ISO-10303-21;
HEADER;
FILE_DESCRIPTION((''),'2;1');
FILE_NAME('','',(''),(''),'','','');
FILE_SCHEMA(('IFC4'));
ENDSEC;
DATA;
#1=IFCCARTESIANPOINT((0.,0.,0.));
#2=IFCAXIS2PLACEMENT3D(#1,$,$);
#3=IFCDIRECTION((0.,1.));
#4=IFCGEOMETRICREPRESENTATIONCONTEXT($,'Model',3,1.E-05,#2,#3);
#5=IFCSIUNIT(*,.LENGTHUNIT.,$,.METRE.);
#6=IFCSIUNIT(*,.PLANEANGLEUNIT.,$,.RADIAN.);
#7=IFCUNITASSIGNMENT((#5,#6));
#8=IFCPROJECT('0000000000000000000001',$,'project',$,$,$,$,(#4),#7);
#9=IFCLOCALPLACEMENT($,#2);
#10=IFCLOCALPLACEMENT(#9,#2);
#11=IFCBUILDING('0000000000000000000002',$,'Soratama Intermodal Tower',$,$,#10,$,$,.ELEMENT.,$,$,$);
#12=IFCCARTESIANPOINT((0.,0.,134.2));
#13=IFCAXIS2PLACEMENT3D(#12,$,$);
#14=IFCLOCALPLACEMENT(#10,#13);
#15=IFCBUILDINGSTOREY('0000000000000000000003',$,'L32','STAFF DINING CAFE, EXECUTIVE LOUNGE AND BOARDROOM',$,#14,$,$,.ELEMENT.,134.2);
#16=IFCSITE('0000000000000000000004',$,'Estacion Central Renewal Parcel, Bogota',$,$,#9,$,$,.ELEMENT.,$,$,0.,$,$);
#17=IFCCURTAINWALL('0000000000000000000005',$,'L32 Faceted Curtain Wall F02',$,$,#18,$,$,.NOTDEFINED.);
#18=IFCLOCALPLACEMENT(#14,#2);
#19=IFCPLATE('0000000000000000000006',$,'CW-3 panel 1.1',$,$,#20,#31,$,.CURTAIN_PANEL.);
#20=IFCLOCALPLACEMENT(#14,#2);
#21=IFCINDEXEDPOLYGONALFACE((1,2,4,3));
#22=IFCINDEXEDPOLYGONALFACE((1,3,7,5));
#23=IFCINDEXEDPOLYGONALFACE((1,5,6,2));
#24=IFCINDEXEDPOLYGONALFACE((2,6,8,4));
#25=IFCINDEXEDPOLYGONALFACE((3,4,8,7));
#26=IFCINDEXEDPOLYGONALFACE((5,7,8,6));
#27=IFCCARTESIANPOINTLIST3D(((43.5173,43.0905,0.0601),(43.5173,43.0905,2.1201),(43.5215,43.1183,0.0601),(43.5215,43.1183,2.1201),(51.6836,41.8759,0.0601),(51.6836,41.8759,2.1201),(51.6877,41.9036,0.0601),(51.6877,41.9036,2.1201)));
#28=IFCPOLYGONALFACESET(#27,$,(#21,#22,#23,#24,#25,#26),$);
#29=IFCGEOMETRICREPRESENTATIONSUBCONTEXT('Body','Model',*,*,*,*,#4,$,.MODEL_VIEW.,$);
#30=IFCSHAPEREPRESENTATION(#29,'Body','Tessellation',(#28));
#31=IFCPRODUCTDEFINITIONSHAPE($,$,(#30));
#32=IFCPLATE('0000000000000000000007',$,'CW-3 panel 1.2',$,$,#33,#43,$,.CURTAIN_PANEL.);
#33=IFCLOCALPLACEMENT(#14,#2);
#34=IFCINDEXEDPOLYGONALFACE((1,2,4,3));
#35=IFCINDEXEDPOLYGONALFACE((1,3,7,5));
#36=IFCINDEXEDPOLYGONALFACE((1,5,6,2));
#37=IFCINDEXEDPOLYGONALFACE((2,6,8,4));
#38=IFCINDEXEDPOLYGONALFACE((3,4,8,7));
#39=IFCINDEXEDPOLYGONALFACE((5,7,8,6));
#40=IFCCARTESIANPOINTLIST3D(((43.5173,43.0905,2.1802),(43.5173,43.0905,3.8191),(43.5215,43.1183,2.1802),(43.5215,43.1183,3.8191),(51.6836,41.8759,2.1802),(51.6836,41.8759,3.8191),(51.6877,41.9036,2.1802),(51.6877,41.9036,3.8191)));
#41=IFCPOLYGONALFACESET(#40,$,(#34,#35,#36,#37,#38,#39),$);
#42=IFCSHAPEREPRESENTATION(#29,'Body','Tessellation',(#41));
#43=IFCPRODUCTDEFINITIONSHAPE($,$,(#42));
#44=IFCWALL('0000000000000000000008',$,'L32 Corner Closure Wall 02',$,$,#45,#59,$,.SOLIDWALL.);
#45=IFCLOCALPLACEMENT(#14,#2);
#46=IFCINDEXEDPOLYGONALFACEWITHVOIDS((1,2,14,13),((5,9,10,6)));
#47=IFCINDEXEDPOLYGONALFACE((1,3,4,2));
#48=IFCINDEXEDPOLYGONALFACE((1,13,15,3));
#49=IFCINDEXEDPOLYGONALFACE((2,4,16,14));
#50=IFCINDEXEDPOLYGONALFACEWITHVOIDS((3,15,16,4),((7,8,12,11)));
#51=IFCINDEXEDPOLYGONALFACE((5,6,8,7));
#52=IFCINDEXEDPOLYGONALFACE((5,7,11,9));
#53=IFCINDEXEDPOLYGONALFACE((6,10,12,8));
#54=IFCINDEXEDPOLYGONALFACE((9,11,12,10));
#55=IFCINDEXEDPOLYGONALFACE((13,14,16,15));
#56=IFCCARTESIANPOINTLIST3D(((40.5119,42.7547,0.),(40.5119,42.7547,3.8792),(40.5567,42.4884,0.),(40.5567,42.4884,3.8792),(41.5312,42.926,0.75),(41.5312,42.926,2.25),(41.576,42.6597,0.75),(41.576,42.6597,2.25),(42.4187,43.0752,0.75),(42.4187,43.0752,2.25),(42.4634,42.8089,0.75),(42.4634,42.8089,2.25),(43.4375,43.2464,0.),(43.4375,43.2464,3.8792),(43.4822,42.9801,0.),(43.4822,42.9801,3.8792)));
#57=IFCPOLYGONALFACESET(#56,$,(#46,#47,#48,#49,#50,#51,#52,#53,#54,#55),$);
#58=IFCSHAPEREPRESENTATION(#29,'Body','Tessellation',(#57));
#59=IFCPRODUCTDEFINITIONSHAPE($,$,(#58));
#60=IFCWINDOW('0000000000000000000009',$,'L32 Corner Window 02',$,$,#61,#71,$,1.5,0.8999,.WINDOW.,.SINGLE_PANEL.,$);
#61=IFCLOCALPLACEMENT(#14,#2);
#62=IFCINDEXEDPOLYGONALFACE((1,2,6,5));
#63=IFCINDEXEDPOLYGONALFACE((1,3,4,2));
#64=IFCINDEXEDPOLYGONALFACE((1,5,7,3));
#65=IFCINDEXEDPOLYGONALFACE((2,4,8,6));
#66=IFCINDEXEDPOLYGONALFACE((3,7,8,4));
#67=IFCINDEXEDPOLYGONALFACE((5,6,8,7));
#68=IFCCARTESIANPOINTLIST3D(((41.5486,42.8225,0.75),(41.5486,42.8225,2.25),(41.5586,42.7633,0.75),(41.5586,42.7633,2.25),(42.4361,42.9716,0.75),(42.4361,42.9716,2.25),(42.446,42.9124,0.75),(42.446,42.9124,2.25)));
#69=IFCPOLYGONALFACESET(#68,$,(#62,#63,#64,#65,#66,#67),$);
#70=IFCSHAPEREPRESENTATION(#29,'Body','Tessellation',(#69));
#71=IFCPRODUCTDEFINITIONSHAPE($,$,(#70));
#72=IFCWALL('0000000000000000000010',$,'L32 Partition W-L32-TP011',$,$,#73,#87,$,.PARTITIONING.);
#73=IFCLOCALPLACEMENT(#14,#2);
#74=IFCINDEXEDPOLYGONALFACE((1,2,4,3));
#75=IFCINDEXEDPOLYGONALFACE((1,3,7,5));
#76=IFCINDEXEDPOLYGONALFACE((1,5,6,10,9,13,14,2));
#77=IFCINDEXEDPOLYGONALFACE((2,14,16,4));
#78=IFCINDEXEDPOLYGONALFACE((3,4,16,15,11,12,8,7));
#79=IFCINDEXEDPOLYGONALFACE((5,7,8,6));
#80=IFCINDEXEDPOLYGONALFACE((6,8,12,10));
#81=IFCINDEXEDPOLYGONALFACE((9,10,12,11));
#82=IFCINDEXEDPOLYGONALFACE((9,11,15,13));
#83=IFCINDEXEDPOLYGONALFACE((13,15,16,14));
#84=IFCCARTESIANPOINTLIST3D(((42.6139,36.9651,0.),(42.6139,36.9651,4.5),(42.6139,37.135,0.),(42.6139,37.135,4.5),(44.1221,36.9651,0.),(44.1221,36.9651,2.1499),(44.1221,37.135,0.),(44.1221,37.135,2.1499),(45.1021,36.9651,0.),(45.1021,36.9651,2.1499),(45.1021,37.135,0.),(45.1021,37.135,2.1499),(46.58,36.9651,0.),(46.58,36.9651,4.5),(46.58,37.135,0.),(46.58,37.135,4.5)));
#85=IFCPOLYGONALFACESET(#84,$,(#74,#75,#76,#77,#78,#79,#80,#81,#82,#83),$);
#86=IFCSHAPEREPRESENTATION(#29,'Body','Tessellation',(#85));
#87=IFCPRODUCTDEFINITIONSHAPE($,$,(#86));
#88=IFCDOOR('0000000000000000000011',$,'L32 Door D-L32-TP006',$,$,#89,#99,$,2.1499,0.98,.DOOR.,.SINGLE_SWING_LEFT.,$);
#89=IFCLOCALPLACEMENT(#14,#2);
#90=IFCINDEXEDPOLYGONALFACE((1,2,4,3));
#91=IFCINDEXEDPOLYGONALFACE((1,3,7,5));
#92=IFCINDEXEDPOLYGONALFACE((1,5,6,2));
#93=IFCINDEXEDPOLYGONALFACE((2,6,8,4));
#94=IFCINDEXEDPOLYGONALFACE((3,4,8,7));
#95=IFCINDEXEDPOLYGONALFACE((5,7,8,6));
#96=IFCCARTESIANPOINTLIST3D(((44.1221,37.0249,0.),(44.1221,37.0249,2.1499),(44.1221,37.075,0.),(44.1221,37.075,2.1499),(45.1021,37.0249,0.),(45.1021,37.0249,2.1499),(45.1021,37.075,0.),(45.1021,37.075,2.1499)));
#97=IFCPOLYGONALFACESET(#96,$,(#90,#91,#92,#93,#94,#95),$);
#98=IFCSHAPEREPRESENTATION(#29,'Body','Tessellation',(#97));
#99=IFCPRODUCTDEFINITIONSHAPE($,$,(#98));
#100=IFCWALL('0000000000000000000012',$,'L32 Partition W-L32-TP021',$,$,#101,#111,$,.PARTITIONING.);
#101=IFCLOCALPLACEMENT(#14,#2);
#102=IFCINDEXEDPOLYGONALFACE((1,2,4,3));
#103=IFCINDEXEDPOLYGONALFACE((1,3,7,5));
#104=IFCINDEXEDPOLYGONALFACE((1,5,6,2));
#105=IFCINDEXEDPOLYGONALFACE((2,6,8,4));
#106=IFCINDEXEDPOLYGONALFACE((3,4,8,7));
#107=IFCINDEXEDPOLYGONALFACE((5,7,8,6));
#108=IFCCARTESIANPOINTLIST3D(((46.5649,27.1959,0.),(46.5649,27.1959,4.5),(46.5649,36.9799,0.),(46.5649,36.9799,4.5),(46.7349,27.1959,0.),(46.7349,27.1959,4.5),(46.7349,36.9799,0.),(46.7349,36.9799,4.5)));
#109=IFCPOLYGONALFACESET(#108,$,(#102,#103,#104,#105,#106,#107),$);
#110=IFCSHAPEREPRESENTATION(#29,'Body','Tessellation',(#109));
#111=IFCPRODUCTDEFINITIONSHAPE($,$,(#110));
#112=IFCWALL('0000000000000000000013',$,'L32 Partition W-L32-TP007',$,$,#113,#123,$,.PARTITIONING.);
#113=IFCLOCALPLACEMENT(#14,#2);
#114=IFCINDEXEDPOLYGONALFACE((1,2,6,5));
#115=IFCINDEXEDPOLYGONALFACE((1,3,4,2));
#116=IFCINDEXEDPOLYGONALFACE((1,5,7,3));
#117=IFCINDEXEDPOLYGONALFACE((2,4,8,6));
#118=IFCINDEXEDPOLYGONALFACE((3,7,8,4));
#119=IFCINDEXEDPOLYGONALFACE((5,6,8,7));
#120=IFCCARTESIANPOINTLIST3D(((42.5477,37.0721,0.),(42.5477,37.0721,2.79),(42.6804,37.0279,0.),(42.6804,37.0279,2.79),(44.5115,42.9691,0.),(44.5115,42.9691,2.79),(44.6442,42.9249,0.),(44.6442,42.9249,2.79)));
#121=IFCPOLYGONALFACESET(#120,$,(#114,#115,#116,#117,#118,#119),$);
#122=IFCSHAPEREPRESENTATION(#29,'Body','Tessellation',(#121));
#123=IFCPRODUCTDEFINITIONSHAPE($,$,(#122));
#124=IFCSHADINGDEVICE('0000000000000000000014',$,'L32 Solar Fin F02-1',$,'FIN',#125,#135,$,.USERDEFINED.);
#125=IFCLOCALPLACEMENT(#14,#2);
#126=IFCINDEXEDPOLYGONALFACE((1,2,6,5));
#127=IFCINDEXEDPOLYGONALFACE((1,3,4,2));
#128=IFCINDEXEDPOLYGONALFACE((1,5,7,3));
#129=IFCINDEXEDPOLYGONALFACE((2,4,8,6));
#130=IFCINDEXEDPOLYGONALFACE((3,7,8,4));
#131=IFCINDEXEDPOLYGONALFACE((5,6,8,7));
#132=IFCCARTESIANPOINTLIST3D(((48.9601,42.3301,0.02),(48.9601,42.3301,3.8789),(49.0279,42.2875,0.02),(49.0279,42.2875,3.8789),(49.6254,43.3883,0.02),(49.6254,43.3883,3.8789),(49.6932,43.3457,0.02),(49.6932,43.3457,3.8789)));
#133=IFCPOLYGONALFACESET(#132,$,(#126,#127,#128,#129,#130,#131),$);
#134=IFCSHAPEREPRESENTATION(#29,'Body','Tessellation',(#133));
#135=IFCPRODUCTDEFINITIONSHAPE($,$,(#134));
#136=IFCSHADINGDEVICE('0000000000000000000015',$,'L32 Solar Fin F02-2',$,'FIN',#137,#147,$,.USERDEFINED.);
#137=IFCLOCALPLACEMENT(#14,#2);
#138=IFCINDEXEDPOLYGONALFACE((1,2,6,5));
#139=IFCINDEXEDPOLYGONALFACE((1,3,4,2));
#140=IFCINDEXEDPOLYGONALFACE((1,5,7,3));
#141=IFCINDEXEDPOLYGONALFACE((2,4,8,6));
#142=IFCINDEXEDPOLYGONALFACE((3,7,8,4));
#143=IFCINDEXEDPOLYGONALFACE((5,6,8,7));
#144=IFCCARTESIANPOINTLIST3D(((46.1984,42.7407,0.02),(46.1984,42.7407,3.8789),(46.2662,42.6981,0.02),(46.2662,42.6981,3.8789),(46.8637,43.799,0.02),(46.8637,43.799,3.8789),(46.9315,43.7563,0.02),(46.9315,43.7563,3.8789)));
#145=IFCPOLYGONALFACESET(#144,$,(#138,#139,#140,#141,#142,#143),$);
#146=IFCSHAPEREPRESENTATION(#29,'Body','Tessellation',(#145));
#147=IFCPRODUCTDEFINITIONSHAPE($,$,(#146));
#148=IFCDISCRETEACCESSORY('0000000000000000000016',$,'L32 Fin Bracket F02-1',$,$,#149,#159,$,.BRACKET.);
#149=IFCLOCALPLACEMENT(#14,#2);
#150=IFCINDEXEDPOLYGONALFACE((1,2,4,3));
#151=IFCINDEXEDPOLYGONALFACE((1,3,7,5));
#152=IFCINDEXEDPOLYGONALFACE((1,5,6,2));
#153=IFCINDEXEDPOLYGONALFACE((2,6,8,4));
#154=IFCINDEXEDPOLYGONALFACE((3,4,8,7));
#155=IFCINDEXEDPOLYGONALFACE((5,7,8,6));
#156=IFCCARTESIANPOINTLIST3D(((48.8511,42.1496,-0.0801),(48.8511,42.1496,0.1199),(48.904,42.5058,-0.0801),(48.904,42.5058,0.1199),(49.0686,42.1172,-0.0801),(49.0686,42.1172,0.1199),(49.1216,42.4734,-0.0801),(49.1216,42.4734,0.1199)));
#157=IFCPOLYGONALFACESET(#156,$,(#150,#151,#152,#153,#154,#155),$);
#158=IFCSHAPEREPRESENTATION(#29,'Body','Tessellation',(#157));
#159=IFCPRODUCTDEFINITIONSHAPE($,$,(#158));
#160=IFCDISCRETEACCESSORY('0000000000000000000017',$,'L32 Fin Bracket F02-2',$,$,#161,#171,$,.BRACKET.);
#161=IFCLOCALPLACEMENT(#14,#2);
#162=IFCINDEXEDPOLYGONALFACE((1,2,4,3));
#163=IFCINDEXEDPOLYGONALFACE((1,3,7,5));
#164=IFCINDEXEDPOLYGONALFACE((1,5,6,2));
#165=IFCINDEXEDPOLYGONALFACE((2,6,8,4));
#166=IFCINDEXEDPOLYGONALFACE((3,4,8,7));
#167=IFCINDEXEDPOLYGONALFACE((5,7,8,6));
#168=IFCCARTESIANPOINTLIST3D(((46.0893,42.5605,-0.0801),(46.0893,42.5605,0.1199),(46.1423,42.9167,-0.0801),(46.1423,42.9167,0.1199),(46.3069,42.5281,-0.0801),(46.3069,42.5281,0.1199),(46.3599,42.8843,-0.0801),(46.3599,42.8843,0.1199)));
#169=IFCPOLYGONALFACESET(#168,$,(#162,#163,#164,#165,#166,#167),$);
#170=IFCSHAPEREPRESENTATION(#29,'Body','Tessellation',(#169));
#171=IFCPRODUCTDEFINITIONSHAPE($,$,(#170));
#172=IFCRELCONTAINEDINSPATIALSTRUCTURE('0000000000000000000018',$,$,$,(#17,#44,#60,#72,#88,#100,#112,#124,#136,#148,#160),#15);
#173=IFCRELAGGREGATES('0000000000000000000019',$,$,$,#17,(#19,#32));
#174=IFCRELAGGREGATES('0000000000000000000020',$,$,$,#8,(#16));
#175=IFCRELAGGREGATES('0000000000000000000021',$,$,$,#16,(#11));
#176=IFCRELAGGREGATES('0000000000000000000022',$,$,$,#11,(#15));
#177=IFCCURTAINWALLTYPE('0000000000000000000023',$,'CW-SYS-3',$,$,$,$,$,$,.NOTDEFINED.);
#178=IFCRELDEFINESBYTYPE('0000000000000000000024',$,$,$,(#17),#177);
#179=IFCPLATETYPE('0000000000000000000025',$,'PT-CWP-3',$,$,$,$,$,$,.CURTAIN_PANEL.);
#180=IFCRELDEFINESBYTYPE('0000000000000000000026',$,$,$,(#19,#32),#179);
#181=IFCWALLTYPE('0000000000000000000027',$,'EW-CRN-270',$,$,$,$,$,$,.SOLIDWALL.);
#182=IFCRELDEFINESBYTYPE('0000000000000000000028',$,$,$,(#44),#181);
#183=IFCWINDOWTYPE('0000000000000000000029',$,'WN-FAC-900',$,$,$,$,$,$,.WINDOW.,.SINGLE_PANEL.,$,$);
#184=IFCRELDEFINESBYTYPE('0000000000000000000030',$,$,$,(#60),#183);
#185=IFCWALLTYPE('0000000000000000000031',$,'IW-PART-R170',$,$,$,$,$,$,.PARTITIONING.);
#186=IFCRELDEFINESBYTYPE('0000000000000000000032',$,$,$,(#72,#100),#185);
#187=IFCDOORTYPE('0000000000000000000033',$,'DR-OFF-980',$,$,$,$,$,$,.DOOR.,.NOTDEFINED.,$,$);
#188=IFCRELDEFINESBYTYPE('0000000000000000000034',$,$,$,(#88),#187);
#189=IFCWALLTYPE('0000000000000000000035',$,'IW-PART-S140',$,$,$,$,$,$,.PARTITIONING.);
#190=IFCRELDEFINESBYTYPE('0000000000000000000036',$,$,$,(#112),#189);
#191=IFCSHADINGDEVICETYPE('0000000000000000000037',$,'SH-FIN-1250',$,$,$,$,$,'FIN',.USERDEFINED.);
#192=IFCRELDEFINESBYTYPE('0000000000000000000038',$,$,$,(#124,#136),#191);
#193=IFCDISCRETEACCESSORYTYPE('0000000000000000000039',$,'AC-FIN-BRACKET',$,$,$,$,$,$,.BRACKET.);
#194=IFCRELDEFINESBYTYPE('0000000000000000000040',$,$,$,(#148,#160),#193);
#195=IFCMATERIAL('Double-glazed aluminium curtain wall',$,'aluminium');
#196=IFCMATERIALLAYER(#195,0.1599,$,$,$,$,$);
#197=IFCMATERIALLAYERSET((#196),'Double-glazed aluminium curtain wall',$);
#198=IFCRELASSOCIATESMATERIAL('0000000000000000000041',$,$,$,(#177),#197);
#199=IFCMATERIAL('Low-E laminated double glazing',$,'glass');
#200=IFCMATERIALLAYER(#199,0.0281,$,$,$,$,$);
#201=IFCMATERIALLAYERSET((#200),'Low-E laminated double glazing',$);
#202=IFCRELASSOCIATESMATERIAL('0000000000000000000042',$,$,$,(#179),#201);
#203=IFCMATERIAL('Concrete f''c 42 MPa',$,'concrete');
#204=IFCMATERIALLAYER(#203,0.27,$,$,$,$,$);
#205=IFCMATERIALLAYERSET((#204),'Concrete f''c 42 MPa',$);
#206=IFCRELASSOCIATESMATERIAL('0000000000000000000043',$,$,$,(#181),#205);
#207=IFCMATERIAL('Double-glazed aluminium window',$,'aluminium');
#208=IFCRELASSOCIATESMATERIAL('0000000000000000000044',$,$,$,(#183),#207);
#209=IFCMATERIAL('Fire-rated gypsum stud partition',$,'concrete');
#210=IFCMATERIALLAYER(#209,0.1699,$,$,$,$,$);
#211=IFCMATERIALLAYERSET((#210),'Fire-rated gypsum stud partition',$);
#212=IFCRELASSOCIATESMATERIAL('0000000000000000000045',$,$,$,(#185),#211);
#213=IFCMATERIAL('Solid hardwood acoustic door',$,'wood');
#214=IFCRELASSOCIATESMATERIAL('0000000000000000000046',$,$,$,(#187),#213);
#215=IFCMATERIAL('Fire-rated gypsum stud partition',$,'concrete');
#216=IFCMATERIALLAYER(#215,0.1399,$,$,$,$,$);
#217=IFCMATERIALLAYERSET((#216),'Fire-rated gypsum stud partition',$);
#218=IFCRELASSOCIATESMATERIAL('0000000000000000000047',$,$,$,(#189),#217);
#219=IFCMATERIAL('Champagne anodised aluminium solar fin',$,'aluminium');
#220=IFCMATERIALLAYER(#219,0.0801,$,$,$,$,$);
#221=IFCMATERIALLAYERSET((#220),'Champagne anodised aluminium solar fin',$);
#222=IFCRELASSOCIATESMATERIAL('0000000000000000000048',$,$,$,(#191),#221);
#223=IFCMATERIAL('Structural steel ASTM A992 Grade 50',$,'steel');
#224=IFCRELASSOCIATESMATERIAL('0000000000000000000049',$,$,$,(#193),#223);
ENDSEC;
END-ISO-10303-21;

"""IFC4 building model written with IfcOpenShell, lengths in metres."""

from ifc_helpers import new_model, si_unit, direction, frame, frame_2d, origin, origin_2d, place, context, subcontext, project, spatial, rectangle, extrude, material, layer, layer_set, type_object, element, fill, aggregate, save


model = new_model("IFC4")

# Units and contexts
model_context = context("Model", 3, precision=1e-05, world=origin(), true_north=direction((0.0, 1.0)))
body_context = subcontext(model_context, "Body", "Model", "MODEL_VIEW")
ifc_project = project(units=[si_unit("LENGTHUNIT", "METRE"), si_unit("PLANEANGLEUNIT", "RADIAN")], contexts=[model_context])

# Site, building, storey
site_placement = place(None, origin())
site = spatial("IfcSite", under=ifc_project, at=site_placement, Name="Estacion Central Renewal Parcel, Bogota", CompositionType="ELEMENT", RefElevation=0.0)
building_placement = place(site_placement, origin())
building = spatial("IfcBuilding", under=site, at=building_placement, Name="Soratama Intermodal Tower", CompositionType="ELEMENT")
storey_placement = place(building_placement, frame((0.0, 0.0, 134.2)))
storey = spatial("IfcBuildingStorey", under=building, at=storey_placement, Name="L32", Description="STAFF DINING CAFE, EXECUTIVE LOUNGE AND BOARDROOM", CompositionType="ELEMENT", Elevation=134.2)

# Curtain wall, plates
ifc_material_1 = material(Name="Double-glazed aluminium curtain wall", Category="aluminium")
ifc_layer_1 = layer(ifc_material_1, 0.1599)
ifc_layer_set_1 = layer_set([ifc_layer_1], Name="Double-glazed aluminium curtain wall")
curtain_wall_type = type_object("IfcCurtainWallType", Name="CW-SYS-3", PredefinedType="NOTDEFINED", material=ifc_layer_set_1)
curtain_wall_placement = place(storey_placement, origin())
curtain_wall = element("IfcCurtainWall", 1, at=curtain_wall_placement, inside=storey, type_object=curtain_wall_type, Name="L32 Faceted Curtain Wall F02", PredefinedType="NOTDEFINED")
ifc_material_2 = material(Name="Low-E laminated double glazing", Category="glass")
ifc_layer_2 = layer(ifc_material_2, 0.0281)
ifc_layer_set_2 = layer_set([ifc_layer_2], Name="Low-E laminated double glazing")
plate_type = type_object("IfcPlateType", Name="PT-CWP-3", PredefinedType="CURTAIN_PANEL", material=ifc_layer_set_2)
plate_1_placement = place(storey_placement, frame((47.6025, 42.4971, 0.0601), z_axis=(0.0, 0.0, 1.0), x_axis=(-0.989119, 0.14712, 0.0)))
plate_1 = element("IfcPlate", 2, at=plate_1_placement, type_object=plate_type, Name="CW-3 panel 1.1", PredefinedType="CURTAIN_PANEL", context=body_context, shape_type="SweptSolid", body=[
    extrude(rectangle(XDim=8.2561, YDim=0.0281, at=origin_2d()), origin(), (0.0, 0.0, 1.0), 2.0601),
])
plate_2_placement = place(storey_placement, frame((47.6025, 42.4971, 2.1802), z_axis=(0.0, 0.0, 1.0), x_axis=(-0.989119, 0.14712, 0.0)))
plate_2 = element("IfcPlate", 3, at=plate_2_placement, type_object=plate_type, Name="CW-3 panel 1.2", PredefinedType="CURTAIN_PANEL", context=body_context, shape_type="SweptSolid", body=[
    extrude(rectangle(XDim=8.2561, YDim=0.0281, at=origin_2d()), origin(), (0.0, 0.0, 1.0), 1.6389),
])
aggregate(curtain_wall, [plate_1, plate_2])

# Wall, opening, window
ifc_material_3 = material(Name="Concrete f'c 42 MPa", Category="concrete")
ifc_layer_3 = layer(ifc_material_3, 0.27)
ifc_layer_set_3 = layer_set([ifc_layer_3], Name="Concrete f'c 42 MPa")
wall_type_1 = type_object("IfcWallType", Name="EW-CRN-270", PredefinedType="SOLIDWALL", material=ifc_layer_set_3)
wall_1_placement = place(storey_placement, frame((43.46, 43.1133, 0.0), z_axis=(0.0, 0.0, 1.0), x_axis=(-0.986168, -0.165747, 0.0)))
wall_1 = element("IfcWall", 4, at=wall_1_placement, inside=storey, type_object=wall_type_1, Name="L32 Corner Closure Wall 02", PredefinedType="SOLIDWALL", context=body_context, shape_type="SweptSolid", body=[
    extrude(rectangle(XDim=2.9666, YDim=0.27, at=frame_2d((1.4834, 0.0))), origin(), (0.0, 0.0, 1.0), 3.8792),
])
opening_1_placement = place(wall_1_placement, frame((1.0332, 0.0, 0.75)))
opening_1 = element("IfcOpeningElement", 5, at=opening_1_placement, cuts=wall_1, PredefinedType="OPENING", context=body_context, shape_type="SweptSolid", body=[
    extrude(rectangle(XDim=0.8999, YDim=1.5, at=frame_2d((0.45, 0.75))), frame((0.0, 0.145, 0.0), z_axis=(0.0, -1.0, 0.0), x_axis=(1.0, 0.0, 0.0)), (0.0, 0.0, 1.0), 0.29),
])
ifc_material_4 = material(Name="Double-glazed aluminium window", Category="aluminium")
window_type = type_object("IfcWindowType", Name="WN-FAC-900", PartitioningType="SINGLE_PANEL", PredefinedType="WINDOW", material=ifc_material_4)
window_placement = place(opening_1_placement, origin())
window = element("IfcWindow", 6, at=window_placement, inside=storey, type_object=window_type, Name="L32 Corner Window 02", OverallHeight=1.5, OverallWidth=0.8999, PartitioningType="SINGLE_PANEL", PredefinedType="WINDOW", context=body_context, shape_type="SweptSolid", body=[
    extrude(rectangle(XDim=0.8999, YDim=1.5, at=frame_2d((0.45, 0.75))), frame((0.0, 0.03, 0.0), z_axis=(0.0, -1.0, 0.0), x_axis=(1.0, 0.0, 0.0)), (0.0, 0.0, 1.0), 0.0601),
])
fill(opening_1, window)

# Wall, opening, door
ifc_material_5 = material(Name="Fire-rated gypsum stud partition", Category="concrete")
ifc_layer_4 = layer(ifc_material_5, 0.1699)
ifc_layer_set_4 = layer_set([ifc_layer_4], Name="Fire-rated gypsum stud partition")
wall_type_2 = type_object("IfcWallType", Name="IW-PART-R170", PredefinedType="PARTITIONING", material=ifc_layer_set_4)
wall_2_placement = place(storey_placement, frame((42.614, 37.05, 0.0), z_axis=(0.0, 0.0, 1.0), x_axis=(1.0, 0.0, 0.0)))
wall_2 = element("IfcWall", 7, at=wall_2_placement, inside=storey, type_object=wall_type_2, Name="L32 Partition W-L32-TP011", PredefinedType="PARTITIONING", context=body_context, shape_type="SweptSolid", body=[
    extrude(rectangle(XDim=3.9661, YDim=0.1699, at=frame_2d((1.9829, 0.0))), origin(), (0.0, 0.0, 1.0), 4.5),
])
opening_2_placement = place(wall_2_placement, frame((1.5081, 0.0, 0.0)))
opening_2 = element("IfcOpeningElement", 8, at=opening_2_placement, cuts=wall_2, PredefinedType="OPENING", context=body_context, shape_type="SweptSolid", body=[
    extrude(rectangle(XDim=0.98, YDim=2.1499, at=frame_2d((0.49, 1.075))), frame((0.0, 0.095, 0.0), z_axis=(0.0, -1.0, 0.0), x_axis=(1.0, 0.0, 0.0)), (0.0, 0.0, 1.0), 0.1899),
])
ifc_material_6 = material(Name="Solid hardwood acoustic door", Category="wood")
door_type = type_object("IfcDoorType", Name="DR-OFF-980", OperationType="NOTDEFINED", PredefinedType="DOOR", material=ifc_material_6)
door_placement = place(opening_2_placement, origin())
door = element("IfcDoor", 9, at=door_placement, inside=storey, type_object=door_type, Name="L32 Door D-L32-TP006", OperationType="SINGLE_SWING_LEFT", OverallHeight=2.1499, OverallWidth=0.98, PredefinedType="DOOR", context=body_context, shape_type="SweptSolid", body=[
    extrude(rectangle(XDim=0.98, YDim=2.1499, at=frame_2d((0.49, 1.075))), frame((0.0, 0.0249, 0.0), z_axis=(0.0, -1.0, 0.0), x_axis=(1.0, 0.0, 0.0)), (0.0, 0.0, 1.0), 0.05),
])
fill(opening_2, door)

# Walls
wall_3_placement = place(storey_placement, frame((46.6499, 36.98, 0.0), z_axis=(0.0, 0.0, 1.0), x_axis=(0.0, -1.0, 0.0)))
element("IfcWall", 10, at=wall_3_placement, inside=storey, type_object=wall_type_2, Name="L32 Partition W-L32-TP021", PredefinedType="PARTITIONING", context=body_context, shape_type="SweptSolid", body=[
    extrude(rectangle(XDim=9.7839, YDim=0.1699, at=frame_2d((4.8921, 0.0))), origin(), (0.0, 0.0, 1.0), 4.5),
])
ifc_material_7 = material(Name="Fire-rated gypsum stud partition", Category="concrete")
ifc_layer_5 = layer(ifc_material_7, 0.1399)
ifc_layer_set_5 = layer_set([ifc_layer_5], Name="Fire-rated gypsum stud partition")
wall_type_3 = type_object("IfcWallType", Name="IW-PART-S140", PredefinedType="PARTITIONING", material=ifc_layer_set_5)
wall_4_placement = place(storey_placement, frame((42.614, 37.05, 0.0), z_axis=(0.0, 0.0, 1.0), x_axis=(0.315969, 0.94877, 0.0)))
element("IfcWall", 11, at=wall_4_placement, inside=storey, type_object=wall_type_3, Name="L32 Partition W-L32-TP007", PredefinedType="PARTITIONING", context=body_context, shape_type="SweptSolid", body=[
    extrude(rectangle(XDim=6.2153, YDim=0.1399, at=frame_2d((3.1077, 0.0))), origin(), (0.0, 0.0, 1.0), 2.79),
])

# Shading devices
ifc_material_8 = material(Name="Champagne anodised aluminium solar fin", Category="aluminium")
ifc_layer_6 = layer(ifc_material_8, 0.0801)
ifc_layer_set_6 = layer_set([ifc_layer_6], Name="Champagne anodised aluminium solar fin")
shading_device_type = type_object("IfcShadingDeviceType", Name="SH-FIN-1250", ElementType="FIN", PredefinedType="USERDEFINED", material=ifc_layer_set_6)
for number, where, z_axis, x_axis, name in (
    (12, (49.3267, 42.8379, 0.02), (0.0, 0.0, 1.0), (0.532285, 0.846565, 0.0), "L32 Solar Fin F02-1"),
    (13, (46.5649, 43.2485, 0.02), (0.0, 0.0, 1.0), (0.532285, 0.846565, 0.0), "L32 Solar Fin F02-2"),
):
    element("IfcShadingDevice", number, at=place(storey_placement, frame(where, z_axis=z_axis, x_axis=x_axis)), inside=storey, type_object=shading_device_type, Name=name, ObjectType="FIN", PredefinedType="USERDEFINED", context=body_context, shape_type="SweptSolid", body=[
        extrude(rectangle(XDim=1.25, YDim=0.0801, at=origin_2d()), origin(), (0.0, 0.0, 1.0), 3.8589),
    ])

# Discrete accessories
ifc_material_9 = material(Name="Structural steel ASTM A992 Grade 50", Category="steel")
discrete_accessory_type = type_object("IfcDiscreteAccessoryType", Name="AC-FIN-BRACKET", PredefinedType="BRACKET", material=ifc_material_9)
for number, where, z_axis, x_axis, name in (
    (14, (48.9863, 42.3115, -0.0801), (0.0, 0.0, 1.0), (0.147119, 0.989119, 0.0), "L32 Fin Bracket F02-1"),
    (15, (46.2246, 42.7224, -0.0801), (0.0, 0.0, 1.0), (0.147119, 0.989119, 0.0), "L32 Fin Bracket F02-2"),
):
    element("IfcDiscreteAccessory", number, at=place(storey_placement, frame(where, z_axis=z_axis, x_axis=x_axis)), inside=storey, type_object=discrete_accessory_type, Name=name, PredefinedType="BRACKET", context=body_context, shape_type="SweptSolid", body=[
        extrude(rectangle(XDim=0.3601, YDim=0.22, at=origin_2d()), origin(), (0.0, 0.0, 1.0), 0.2),
    ])

save(model, "model.ifc")
